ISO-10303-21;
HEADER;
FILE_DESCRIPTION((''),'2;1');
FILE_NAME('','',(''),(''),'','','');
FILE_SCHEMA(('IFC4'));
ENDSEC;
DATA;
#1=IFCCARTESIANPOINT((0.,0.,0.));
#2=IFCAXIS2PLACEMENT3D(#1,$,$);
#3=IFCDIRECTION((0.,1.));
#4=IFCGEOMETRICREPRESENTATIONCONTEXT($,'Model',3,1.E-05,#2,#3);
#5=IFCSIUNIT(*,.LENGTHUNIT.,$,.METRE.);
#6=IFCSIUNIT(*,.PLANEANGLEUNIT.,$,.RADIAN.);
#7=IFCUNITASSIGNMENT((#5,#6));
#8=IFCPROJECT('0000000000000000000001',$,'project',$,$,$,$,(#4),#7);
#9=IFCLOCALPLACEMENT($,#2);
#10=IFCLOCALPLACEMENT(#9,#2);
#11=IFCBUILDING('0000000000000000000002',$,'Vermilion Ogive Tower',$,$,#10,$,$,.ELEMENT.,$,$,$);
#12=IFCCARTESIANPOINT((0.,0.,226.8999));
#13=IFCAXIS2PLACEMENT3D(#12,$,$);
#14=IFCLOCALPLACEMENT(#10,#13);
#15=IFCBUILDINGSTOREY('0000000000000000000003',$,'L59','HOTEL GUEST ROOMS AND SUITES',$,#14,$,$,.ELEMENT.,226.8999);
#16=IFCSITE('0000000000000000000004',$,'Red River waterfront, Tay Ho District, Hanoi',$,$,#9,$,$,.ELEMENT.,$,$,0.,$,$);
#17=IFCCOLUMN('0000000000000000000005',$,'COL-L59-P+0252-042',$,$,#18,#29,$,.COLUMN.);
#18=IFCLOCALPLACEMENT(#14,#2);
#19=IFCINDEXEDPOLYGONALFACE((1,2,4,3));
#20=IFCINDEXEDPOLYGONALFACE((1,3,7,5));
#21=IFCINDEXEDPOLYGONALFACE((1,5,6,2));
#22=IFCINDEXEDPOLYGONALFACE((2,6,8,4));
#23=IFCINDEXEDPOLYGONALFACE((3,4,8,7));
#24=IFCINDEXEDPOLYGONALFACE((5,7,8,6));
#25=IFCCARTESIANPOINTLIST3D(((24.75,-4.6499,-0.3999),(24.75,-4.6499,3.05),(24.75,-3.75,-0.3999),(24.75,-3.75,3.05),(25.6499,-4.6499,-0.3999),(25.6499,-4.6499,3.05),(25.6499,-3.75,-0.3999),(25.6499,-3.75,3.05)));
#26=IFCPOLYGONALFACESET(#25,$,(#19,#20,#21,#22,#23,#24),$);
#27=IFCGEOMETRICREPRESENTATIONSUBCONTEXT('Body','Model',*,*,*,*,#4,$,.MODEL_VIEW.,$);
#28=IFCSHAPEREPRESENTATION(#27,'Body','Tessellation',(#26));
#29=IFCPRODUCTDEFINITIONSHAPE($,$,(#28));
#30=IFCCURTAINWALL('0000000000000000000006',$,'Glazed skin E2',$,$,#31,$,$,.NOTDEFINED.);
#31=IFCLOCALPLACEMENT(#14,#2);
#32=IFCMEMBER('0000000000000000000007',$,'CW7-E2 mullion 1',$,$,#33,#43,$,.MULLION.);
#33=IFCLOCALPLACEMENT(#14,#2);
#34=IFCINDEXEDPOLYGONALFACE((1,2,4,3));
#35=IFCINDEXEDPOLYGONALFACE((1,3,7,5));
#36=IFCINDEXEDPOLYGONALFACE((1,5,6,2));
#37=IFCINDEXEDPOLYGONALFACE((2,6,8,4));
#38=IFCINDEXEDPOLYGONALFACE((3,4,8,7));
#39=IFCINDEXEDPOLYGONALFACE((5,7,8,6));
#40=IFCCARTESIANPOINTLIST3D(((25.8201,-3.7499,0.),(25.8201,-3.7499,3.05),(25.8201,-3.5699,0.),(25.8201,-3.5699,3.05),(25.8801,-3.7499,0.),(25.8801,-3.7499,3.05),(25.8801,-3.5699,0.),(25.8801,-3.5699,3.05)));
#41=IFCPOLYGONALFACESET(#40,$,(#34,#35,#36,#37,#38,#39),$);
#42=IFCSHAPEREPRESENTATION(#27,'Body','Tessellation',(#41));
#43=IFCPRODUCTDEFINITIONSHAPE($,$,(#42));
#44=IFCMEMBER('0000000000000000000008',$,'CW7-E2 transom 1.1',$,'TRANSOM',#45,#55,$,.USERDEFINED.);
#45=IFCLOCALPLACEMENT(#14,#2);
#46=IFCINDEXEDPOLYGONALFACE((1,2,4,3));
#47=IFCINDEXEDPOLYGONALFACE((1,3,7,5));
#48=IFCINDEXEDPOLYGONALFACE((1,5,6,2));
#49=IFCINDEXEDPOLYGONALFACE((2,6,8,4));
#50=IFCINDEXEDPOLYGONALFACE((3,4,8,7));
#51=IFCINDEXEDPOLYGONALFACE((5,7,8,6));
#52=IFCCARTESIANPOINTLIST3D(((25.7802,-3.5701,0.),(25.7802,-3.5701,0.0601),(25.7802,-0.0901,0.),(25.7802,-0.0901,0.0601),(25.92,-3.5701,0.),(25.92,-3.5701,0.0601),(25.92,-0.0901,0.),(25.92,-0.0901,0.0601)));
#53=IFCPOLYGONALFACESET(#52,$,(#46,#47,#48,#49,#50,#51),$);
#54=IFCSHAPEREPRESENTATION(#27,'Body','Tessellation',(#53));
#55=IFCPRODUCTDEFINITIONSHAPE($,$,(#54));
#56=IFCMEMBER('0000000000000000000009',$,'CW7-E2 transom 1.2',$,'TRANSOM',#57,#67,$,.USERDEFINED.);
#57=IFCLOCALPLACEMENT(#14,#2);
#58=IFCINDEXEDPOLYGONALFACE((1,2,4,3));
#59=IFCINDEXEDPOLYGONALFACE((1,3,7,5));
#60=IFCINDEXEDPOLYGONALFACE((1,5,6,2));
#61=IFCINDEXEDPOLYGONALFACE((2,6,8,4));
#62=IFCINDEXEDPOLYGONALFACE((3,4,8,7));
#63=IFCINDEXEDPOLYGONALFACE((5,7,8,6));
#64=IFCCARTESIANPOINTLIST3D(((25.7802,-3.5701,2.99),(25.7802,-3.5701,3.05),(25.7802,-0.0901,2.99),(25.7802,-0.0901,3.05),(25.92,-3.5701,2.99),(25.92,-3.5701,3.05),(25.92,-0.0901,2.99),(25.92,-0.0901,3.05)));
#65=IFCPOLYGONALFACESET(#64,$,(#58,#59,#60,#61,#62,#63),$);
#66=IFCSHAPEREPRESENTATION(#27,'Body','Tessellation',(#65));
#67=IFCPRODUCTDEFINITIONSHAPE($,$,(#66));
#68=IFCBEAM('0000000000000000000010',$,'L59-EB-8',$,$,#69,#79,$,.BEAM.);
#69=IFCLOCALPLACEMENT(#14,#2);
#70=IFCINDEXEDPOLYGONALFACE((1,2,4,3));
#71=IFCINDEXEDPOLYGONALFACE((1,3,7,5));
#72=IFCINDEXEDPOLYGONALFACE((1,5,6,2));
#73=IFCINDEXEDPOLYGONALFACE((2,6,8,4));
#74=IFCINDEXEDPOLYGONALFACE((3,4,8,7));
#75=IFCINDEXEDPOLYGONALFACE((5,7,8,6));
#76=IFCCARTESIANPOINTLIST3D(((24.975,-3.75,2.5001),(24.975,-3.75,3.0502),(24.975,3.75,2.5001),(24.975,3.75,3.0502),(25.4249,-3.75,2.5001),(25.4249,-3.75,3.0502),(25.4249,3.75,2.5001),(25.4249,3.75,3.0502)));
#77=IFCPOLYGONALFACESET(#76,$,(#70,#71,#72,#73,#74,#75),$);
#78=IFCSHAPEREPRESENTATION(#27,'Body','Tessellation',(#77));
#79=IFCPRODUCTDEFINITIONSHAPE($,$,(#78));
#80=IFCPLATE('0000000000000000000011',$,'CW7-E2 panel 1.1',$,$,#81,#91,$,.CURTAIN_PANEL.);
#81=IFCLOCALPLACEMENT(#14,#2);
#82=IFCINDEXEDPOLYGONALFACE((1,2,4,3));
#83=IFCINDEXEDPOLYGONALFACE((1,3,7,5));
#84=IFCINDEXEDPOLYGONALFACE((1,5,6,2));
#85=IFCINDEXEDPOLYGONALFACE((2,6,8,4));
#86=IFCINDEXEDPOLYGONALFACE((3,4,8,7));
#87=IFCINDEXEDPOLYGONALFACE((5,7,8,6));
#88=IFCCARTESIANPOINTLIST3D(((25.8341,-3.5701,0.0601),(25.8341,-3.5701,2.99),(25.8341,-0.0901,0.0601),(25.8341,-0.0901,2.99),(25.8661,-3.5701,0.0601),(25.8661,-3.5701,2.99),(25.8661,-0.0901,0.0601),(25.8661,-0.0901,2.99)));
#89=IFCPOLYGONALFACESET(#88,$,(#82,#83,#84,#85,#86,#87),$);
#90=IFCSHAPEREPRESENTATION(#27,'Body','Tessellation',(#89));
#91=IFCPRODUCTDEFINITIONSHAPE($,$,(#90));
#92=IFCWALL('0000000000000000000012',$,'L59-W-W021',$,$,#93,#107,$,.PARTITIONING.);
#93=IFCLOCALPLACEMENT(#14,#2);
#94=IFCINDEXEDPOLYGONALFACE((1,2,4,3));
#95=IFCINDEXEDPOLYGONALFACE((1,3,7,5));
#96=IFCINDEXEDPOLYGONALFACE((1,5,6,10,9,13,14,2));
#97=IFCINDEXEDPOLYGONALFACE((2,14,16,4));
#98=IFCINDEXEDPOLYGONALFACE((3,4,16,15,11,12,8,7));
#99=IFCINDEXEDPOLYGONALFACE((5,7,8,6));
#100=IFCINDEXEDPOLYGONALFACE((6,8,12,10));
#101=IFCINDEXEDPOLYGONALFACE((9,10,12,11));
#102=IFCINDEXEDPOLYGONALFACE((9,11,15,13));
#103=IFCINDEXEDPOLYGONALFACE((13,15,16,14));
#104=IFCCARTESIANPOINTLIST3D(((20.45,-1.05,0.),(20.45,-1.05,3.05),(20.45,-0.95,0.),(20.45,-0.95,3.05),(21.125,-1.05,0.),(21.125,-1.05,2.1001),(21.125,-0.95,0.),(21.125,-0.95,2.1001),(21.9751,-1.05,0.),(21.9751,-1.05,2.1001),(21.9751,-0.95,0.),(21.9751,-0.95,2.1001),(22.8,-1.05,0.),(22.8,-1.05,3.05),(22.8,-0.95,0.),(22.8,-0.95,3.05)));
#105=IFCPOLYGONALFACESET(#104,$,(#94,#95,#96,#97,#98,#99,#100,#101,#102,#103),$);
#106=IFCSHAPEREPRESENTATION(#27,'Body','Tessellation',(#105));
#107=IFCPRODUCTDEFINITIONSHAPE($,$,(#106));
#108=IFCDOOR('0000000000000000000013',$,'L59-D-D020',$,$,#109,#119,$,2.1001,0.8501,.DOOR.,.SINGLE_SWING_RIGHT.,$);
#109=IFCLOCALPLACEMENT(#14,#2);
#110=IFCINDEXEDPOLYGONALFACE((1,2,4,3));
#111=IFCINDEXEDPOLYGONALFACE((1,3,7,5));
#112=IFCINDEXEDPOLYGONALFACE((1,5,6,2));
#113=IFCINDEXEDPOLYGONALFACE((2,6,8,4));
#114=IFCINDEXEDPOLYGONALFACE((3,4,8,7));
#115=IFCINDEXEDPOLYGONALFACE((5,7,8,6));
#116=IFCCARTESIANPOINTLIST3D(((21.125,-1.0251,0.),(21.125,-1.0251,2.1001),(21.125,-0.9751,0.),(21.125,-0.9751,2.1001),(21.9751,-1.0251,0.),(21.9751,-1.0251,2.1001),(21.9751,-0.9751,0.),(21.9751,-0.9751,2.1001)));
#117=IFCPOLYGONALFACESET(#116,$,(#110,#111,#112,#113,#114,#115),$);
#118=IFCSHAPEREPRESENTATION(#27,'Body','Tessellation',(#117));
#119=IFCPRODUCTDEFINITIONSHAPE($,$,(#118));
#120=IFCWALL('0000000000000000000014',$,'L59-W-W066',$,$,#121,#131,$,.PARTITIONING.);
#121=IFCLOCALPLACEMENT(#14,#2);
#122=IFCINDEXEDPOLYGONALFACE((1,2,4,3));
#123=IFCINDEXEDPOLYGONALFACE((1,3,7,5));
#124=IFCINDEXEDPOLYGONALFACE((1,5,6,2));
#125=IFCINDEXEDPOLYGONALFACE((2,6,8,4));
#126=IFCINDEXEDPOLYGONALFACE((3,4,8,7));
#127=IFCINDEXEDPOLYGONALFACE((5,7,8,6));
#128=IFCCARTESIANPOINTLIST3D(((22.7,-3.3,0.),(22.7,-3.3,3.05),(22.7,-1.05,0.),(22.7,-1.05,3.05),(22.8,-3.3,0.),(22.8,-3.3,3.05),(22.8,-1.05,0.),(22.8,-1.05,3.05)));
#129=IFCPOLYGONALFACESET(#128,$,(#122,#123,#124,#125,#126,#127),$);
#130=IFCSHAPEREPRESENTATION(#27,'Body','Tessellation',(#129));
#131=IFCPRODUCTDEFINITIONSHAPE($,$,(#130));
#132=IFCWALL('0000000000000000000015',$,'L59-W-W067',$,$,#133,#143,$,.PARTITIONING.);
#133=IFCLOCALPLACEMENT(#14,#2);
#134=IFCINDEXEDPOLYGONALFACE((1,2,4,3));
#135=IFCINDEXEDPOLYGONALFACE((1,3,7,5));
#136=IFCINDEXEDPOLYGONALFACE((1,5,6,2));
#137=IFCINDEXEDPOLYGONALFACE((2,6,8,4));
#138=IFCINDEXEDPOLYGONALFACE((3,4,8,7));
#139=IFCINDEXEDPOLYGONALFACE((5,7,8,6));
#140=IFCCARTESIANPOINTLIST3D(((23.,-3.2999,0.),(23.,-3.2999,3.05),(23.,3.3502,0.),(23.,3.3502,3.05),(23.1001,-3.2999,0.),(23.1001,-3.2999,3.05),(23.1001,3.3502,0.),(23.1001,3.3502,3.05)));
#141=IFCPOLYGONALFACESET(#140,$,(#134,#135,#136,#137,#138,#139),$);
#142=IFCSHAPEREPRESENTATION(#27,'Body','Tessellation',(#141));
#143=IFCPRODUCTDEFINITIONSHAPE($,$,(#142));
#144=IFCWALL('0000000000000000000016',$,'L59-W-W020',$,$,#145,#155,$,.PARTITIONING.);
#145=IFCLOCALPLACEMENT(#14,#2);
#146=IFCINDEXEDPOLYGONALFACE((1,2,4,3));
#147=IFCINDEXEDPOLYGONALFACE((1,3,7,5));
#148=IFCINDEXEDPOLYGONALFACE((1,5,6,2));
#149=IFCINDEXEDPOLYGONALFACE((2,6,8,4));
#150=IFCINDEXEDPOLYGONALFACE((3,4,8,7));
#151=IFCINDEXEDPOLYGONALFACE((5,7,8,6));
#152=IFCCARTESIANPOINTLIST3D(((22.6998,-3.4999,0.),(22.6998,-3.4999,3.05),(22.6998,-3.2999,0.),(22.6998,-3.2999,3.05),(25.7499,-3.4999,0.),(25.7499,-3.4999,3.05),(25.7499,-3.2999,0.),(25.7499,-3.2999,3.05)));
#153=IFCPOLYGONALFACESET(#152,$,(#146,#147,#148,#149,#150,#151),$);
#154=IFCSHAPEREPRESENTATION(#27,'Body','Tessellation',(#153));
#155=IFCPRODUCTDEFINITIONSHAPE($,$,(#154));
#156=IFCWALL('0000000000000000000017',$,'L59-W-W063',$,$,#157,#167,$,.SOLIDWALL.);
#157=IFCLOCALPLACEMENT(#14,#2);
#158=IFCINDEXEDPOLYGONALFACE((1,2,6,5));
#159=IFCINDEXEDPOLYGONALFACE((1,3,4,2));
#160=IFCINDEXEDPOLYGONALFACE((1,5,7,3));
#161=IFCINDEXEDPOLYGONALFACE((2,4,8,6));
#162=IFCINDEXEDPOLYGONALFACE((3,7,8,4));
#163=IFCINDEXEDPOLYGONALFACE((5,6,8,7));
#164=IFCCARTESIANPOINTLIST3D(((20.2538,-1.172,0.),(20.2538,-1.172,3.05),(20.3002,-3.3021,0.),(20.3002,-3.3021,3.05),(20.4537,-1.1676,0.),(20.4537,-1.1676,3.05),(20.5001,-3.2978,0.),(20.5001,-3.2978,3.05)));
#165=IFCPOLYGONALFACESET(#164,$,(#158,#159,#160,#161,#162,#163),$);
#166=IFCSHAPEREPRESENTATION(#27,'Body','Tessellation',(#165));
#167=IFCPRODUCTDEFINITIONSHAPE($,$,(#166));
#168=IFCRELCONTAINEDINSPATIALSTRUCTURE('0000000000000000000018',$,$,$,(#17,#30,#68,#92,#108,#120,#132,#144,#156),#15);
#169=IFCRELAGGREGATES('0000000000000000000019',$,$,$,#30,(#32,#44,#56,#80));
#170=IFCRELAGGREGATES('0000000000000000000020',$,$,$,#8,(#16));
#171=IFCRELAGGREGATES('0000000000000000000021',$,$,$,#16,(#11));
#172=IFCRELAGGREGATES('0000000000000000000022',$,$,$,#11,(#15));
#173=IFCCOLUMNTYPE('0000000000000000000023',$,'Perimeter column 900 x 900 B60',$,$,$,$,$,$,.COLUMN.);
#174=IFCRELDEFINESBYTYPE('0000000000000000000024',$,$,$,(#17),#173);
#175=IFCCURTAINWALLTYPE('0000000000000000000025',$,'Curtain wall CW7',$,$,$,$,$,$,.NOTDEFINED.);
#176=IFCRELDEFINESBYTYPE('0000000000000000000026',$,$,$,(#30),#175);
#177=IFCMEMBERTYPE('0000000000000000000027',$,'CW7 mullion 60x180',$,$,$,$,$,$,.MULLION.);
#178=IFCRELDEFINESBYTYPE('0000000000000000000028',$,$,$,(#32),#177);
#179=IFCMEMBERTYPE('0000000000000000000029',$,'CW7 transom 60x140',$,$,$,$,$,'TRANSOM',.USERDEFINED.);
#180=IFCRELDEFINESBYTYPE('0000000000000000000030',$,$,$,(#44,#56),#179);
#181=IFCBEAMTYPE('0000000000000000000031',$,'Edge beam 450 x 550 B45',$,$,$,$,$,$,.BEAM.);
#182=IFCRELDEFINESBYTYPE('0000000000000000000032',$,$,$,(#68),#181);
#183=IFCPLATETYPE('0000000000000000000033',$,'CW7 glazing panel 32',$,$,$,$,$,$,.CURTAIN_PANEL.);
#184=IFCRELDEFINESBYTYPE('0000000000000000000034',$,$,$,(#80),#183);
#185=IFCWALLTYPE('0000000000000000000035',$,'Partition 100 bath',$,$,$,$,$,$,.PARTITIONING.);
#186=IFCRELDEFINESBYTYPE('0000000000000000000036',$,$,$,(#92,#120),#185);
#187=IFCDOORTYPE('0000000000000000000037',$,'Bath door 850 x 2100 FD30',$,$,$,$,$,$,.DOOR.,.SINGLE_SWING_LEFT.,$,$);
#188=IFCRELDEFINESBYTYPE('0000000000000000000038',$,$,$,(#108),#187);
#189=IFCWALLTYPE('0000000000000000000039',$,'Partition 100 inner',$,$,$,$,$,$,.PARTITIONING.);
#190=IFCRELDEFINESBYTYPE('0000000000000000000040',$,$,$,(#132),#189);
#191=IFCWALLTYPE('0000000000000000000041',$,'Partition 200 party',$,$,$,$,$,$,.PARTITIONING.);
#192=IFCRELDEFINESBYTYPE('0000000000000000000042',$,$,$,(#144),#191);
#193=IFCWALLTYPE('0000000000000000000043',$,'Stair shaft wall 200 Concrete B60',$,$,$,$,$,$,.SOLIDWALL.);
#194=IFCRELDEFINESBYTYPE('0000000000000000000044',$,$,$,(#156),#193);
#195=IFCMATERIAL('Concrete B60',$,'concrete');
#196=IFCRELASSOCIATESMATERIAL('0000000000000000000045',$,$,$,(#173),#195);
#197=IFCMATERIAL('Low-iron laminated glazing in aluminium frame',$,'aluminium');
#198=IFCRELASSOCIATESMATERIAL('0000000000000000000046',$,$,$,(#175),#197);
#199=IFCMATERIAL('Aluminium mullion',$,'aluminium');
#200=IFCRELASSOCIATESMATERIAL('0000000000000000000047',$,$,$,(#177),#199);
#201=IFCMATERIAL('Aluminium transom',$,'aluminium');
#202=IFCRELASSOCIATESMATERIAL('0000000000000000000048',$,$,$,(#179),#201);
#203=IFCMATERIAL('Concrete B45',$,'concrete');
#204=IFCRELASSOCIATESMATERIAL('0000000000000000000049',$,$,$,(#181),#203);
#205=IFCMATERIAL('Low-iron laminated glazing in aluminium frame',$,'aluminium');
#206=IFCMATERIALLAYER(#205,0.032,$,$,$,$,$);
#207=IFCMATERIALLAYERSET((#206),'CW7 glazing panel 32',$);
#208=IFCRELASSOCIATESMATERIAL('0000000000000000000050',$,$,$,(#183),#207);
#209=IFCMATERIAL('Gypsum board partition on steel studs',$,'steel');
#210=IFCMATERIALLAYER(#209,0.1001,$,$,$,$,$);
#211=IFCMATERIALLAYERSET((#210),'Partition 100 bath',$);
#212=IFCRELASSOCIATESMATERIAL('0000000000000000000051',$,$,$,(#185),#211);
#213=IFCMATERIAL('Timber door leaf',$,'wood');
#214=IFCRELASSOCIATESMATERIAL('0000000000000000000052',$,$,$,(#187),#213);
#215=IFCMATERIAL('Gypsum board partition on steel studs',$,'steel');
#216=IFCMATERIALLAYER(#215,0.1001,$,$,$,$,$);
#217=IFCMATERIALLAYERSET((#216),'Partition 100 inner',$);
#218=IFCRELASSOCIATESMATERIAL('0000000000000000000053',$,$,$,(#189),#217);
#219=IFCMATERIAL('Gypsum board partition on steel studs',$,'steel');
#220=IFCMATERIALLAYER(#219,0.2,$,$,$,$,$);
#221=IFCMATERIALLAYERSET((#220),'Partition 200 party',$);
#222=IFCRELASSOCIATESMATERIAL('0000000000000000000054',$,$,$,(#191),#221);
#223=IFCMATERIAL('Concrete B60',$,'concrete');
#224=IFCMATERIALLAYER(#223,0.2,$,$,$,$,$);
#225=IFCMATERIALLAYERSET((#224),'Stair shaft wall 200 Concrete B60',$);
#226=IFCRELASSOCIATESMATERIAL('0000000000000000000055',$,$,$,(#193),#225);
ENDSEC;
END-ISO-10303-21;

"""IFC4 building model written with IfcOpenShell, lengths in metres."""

from ifc_helpers import new_model, si_unit, direction, frame, frame_2d, origin, origin_2d, place, context, subcontext, project, spatial, rectangle, extrude, material, layer, layer_set, material_profile, profile_set, type_object, element, fill, aggregate, save


model = new_model("IFC4")

# Units and contexts
model_context = context("Model", 3, precision=1e-05, world=origin(), true_north=direction((0.0, 1.0)))
body_context = subcontext(model_context, "Body", "Model", "MODEL_VIEW")
ifc_project = project(units=[si_unit("LENGTHUNIT", "METRE"), si_unit("PLANEANGLEUNIT", "RADIAN")], contexts=[model_context])

# Site, building, storey
site_placement = place(None, origin())
site = spatial("IfcSite", under=ifc_project, at=site_placement, Name="Red River waterfront, Tay Ho District, Hanoi", CompositionType="ELEMENT", RefElevation=0.0)
building_placement = place(site_placement, origin())
building = spatial("IfcBuilding", under=site, at=building_placement, Name="Vermilion Ogive Tower", CompositionType="ELEMENT")
storey_placement = place(building_placement, frame((0.0, 0.0, 226.8999)))
storey = spatial("IfcBuildingStorey", under=building, at=storey_placement, Name="L59", Description="HOTEL GUEST ROOMS AND SUITES", CompositionType="ELEMENT", Elevation=226.8999)

# Column
ifc_material_1 = material(Name="Concrete B60", Category="concrete")
ifc_material_profile_1 = material_profile(ifc_material_1, rectangle(XDim=0.8999, YDim=0.8999, at=origin_2d()), Name="900 x 900")
ifc_profile_set_1 = profile_set([ifc_material_profile_1], Name="Concrete B60")
column_type = type_object("IfcColumnType", Name="Perimeter column 900 x 900 B60", PredefinedType="COLUMN", material=ifc_profile_set_1)
column_placement = place(storey_placement, frame((25.2, -4.2, -0.3999), z_axis=(0.0, 0.0, 1.0), x_axis=(1.0, 0.0, 0.0)))
element("IfcColumn", 1, at=column_placement, inside=storey, type_object=column_type, Name="COL-L59-P+0252-042", PredefinedType="COLUMN", context=body_context, shape_type="SweptSolid", body=[
    extrude(rectangle(XDim=0.8999, YDim=0.8999, at=origin_2d()), origin(), (0.0, 0.0, 1.0), 3.45),
])

# Curtain wall, members
ifc_material_2 = material(Name="Low-iron laminated glazing in aluminium frame", Category="aluminium")
curtain_wall_type = type_object("IfcCurtainWallType", Name="Curtain wall CW7", PredefinedType="NOTDEFINED", material=ifc_material_2)
curtain_wall_placement = place(storey_placement, origin())
curtain_wall = element("IfcCurtainWall", 2, at=curtain_wall_placement, inside=storey, type_object=curtain_wall_type, Name="Glazed skin E2", PredefinedType="NOTDEFINED")
ifc_material_3 = material(Name="Aluminium mullion", Category="aluminium")
ifc_material_profile_2 = material_profile(ifc_material_3, rectangle(XDim=0.0601, YDim=0.1799, at=origin_2d()), Name="AL 60x180")
ifc_profile_set_2 = profile_set([ifc_material_profile_2], Name="Aluminium mullion")
member_type_1 = type_object("IfcMemberType", Name="CW7 mullion 60x180", PredefinedType="MULLION", material=ifc_profile_set_2)
member_1_placement = place(storey_placement, frame((25.8501, -3.6599, 0.0), z_axis=(0.0, 0.0, 1.0), x_axis=(-1.0, 0.0, 0.0)))
member_1 = element("IfcMember", 3, at=member_1_placement, type_object=member_type_1, Name="CW7-E2 mullion 1", PredefinedType="MULLION", context=body_context, shape_type="SweptSolid", body=[
    extrude(rectangle(XDim=0.0601, YDim=0.1799, at=origin_2d()), origin(), (0.0, 0.0, 1.0), 3.05),
])
ifc_material_4 = material(Name="Aluminium transom", Category="aluminium")
ifc_material_profile_3 = material_profile(ifc_material_4, rectangle(XDim=0.1399, YDim=0.0601, at=origin_2d()), Name="AL 60x140")
ifc_profile_set_3 = profile_set([ifc_material_profile_3], Name="Aluminium transom")
member_type_2 = type_object("IfcMemberType", Name="CW7 transom 60x140", ElementType="TRANSOM", PredefinedType="USERDEFINED", material=ifc_profile_set_3)
member_2_placement = place(storey_placement, frame((25.8501, -3.5701, 0.03), z_axis=(0.0, 1.0, 0.0), x_axis=(-1.0, 0.0, 0.0)))
member_2 = element("IfcMember", 4, at=member_2_placement, type_object=member_type_2, Name="CW7-E2 transom 1.1", ObjectType="TRANSOM", PredefinedType="USERDEFINED", context=body_context, shape_type="SweptSolid", body=[
    extrude(rectangle(XDim=0.1399, YDim=0.0601, at=origin_2d()), origin(), (0.0, 0.0, 1.0), 3.48),
])
member_3_placement = place(storey_placement, frame((25.8501, -3.5701, 3.02), z_axis=(0.0, 1.0, 0.0), x_axis=(-1.0, 0.0, 0.0)))
member_3 = element("IfcMember", 5, at=member_3_placement, type_object=member_type_2, Name="CW7-E2 transom 1.2", ObjectType="TRANSOM", PredefinedType="USERDEFINED", context=body_context, shape_type="SweptSolid", body=[
    extrude(rectangle(XDim=0.1399, YDim=0.0601, at=origin_2d()), origin(), (0.0, 0.0, 1.0), 3.48),
])

# Beam
ifc_material_5 = material(Name="Concrete B45", Category="concrete")
ifc_material_profile_4 = material_profile(ifc_material_5, rectangle(XDim=0.45, YDim=0.55, at=origin_2d()), Name="450 x 550")
ifc_profile_set_4 = profile_set([ifc_material_profile_4], Name="Concrete B45")
beam_type = type_object("IfcBeamType", Name="Edge beam 450 x 550 B45", PredefinedType="BEAM", material=ifc_profile_set_4)
beam_placement = place(storey_placement, frame((25.2, -3.75, 2.7751), z_axis=(0.0, 1.0, 0.0), x_axis=(-1.0, 0.0, 0.0)))
element("IfcBeam", 6, at=beam_placement, inside=storey, type_object=beam_type, Name="L59-EB-8", PredefinedType="BEAM", context=body_context, shape_type="SweptSolid", body=[
    extrude(rectangle(XDim=0.45, YDim=0.55, at=origin_2d()), origin(), (0.0, 0.0, 1.0), 7.5),
])

# Plate
ifc_material_6 = material(Name="Low-iron laminated glazing in aluminium frame", Category="aluminium")
ifc_layer_1 = layer(ifc_material_6, 0.032)
ifc_layer_set_1 = layer_set([ifc_layer_1], Name="CW7 glazing panel 32")
plate_type = type_object("IfcPlateType", Name="CW7 glazing panel 32", PredefinedType="CURTAIN_PANEL", material=ifc_layer_set_1)
plate_placement = place(storey_placement, frame((25.8501, -1.8301, 0.0601), z_axis=(0.0, 0.0, 1.0), x_axis=(0.0, 1.0, 0.0)))
plate = element("IfcPlate", 7, at=plate_placement, type_object=plate_type, Name="CW7-E2 panel 1.1", PredefinedType="CURTAIN_PANEL", context=body_context, shape_type="SweptSolid", body=[
    extrude(rectangle(XDim=3.48, YDim=0.032, at=origin_2d()), origin(), (0.0, 0.0, 1.0), 2.9299),
])
aggregate(curtain_wall, [member_1, member_2, member_3, plate])

# Wall, opening, door
ifc_material_7 = material(Name="Gypsum board partition on steel studs", Category="steel")
ifc_layer_2 = layer(ifc_material_7, 0.1001)
ifc_layer_set_2 = layer_set([ifc_layer_2], Name="Partition 100 bath")
wall_type_1 = type_object("IfcWallType", Name="Partition 100 bath", PredefinedType="PARTITIONING", material=ifc_layer_set_2)
wall_1_placement = place(storey_placement, frame((20.45, -1.0, 0.0), z_axis=(0.0, 0.0, 1.0), x_axis=(1.0, 0.0, 0.0)))
wall_1 = element("IfcWall", 8, at=wall_1_placement, inside=storey, type_object=wall_type_1, Name="L59-W-W021", PredefinedType="PARTITIONING", context=body_context, shape_type="SweptSolid", body=[
    extrude(rectangle(XDim=2.3501, YDim=0.1001, at=frame_2d((1.175, 0.0))), origin(), (0.0, 0.0, 1.0), 3.05),
])
opening_placement = place(wall_1_placement, frame((0.675, 0.0, 0.0)))
opening = element("IfcOpeningElement", 9, at=opening_placement, cuts=wall_1, PredefinedType="OPENING", context=body_context, shape_type="SweptSolid", body=[
    extrude(rectangle(XDim=0.8501, YDim=2.1001, at=frame_2d((0.425, 1.05))), frame((0.0, 0.0601, 0.0), z_axis=(0.0, -1.0, 0.0), x_axis=(1.0, 0.0, 0.0)), (0.0, 0.0, 1.0), 0.1201),
])
ifc_material_8 = material(Name="Timber door leaf", Category="wood")
door_type = type_object("IfcDoorType", Name="Bath door 850 x 2100 FD30", OperationType="SINGLE_SWING_LEFT", PredefinedType="DOOR", material=ifc_material_8)
door_placement = place(opening_placement, origin())
door = element("IfcDoor", 10, at=door_placement, inside=storey, type_object=door_type, Name="L59-D-D020", OperationType="SINGLE_SWING_RIGHT", OverallHeight=2.1001, OverallWidth=0.8501, PredefinedType="DOOR", context=body_context, shape_type="SweptSolid", body=[
    extrude(rectangle(XDim=0.8501, YDim=2.1001, at=frame_2d((0.425, 1.05))), frame((0.0, 0.0249, 0.0), z_axis=(0.0, -1.0, 0.0), x_axis=(1.0, 0.0, 0.0)), (0.0, 0.0, 1.0), 0.05),
])
fill(opening, door)

# Walls
wall_2_placement = place(storey_placement, frame((22.75, -3.3, 0.0), z_axis=(0.0, 0.0, 1.0), x_axis=(0.0, 1.0, 0.0)))
element("IfcWall", 11, at=wall_2_placement, inside=storey, type_object=wall_type_1, Name="L59-W-W066", PredefinedType="PARTITIONING", context=body_context, shape_type="SweptSolid", body=[
    extrude(rectangle(XDim=2.25, YDim=0.1001, at=frame_2d((1.125, 0.0))), origin(), (0.0, 0.0, 1.0), 3.05),
])
ifc_material_9 = material(Name="Gypsum board partition on steel studs", Category="steel")
ifc_layer_3 = layer(ifc_material_9, 0.1001)
ifc_layer_set_3 = layer_set([ifc_layer_3], Name="Partition 100 inner")
wall_type_2 = type_object("IfcWallType", Name="Partition 100 inner", PredefinedType="PARTITIONING", material=ifc_layer_set_3)
wall_3_placement = place(storey_placement, frame((23.05, -3.3, 0.0), z_axis=(0.0, 0.0, 1.0), x_axis=(0.0, 1.0, 0.0)))
element("IfcWall", 12, at=wall_3_placement, inside=storey, type_object=wall_type_2, Name="L59-W-W067", PredefinedType="PARTITIONING", context=body_context, shape_type="SweptSolid", body=[
    extrude(rectangle(XDim=6.6501, YDim=0.1001, at=frame_2d((3.3252, 0.0))), origin(), (0.0, 0.0, 1.0), 3.05),
])
ifc_material_10 = material(Name="Gypsum board partition on steel studs", Category="steel")
ifc_layer_4 = layer(ifc_material_10, 0.2)
ifc_layer_set_4 = layer_set([ifc_layer_4], Name="Partition 200 party")
wall_type_3 = type_object("IfcWallType", Name="Partition 200 party", PredefinedType="PARTITIONING", material=ifc_layer_set_4)
wall_4_placement = place(storey_placement, frame((22.7, -3.3999, 0.0), z_axis=(0.0, 0.0, 1.0), x_axis=(1.0, 0.0, 0.0)))
element("IfcWall", 13, at=wall_4_placement, inside=storey, type_object=wall_type_3, Name="L59-W-W020", PredefinedType="PARTITIONING", context=body_context, shape_type="SweptSolid", body=[
    extrude(rectangle(XDim=3.05, YDim=0.2, at=frame_2d((1.5249, 0.0))), origin(), (0.0, 0.0, 1.0), 3.05),
])
ifc_material_11 = material(Name="Concrete B60", Category="concrete")
ifc_layer_5 = layer(ifc_material_11, 0.2)
ifc_layer_set_5 = layer_set([ifc_layer_5], Name="Stair shaft wall 200 Concrete B60")
wall_type_4 = type_object("IfcWallType", Name="Stair shaft wall 200 Concrete B60", PredefinedType="SOLIDWALL", material=ifc_layer_set_5)
wall_5_placement = place(storey_placement, frame((20.4001, -3.3, 0.0), z_axis=(0.0, 0.0, 1.0), x_axis=(-0.021771, 0.999763, 0.0)))
element("IfcWall", 14, at=wall_5_placement, inside=storey, type_object=wall_type_4, Name="L59-W-W063", PredefinedType="SOLIDWALL", context=body_context, shape_type="SweptSolid", body=[
    extrude(rectangle(XDim=2.1306, YDim=0.2, at=frame_2d((1.0654, 0.0))), origin(), (0.0, 0.0, 1.0), 3.05),
])

save(model, "model.ifc")
